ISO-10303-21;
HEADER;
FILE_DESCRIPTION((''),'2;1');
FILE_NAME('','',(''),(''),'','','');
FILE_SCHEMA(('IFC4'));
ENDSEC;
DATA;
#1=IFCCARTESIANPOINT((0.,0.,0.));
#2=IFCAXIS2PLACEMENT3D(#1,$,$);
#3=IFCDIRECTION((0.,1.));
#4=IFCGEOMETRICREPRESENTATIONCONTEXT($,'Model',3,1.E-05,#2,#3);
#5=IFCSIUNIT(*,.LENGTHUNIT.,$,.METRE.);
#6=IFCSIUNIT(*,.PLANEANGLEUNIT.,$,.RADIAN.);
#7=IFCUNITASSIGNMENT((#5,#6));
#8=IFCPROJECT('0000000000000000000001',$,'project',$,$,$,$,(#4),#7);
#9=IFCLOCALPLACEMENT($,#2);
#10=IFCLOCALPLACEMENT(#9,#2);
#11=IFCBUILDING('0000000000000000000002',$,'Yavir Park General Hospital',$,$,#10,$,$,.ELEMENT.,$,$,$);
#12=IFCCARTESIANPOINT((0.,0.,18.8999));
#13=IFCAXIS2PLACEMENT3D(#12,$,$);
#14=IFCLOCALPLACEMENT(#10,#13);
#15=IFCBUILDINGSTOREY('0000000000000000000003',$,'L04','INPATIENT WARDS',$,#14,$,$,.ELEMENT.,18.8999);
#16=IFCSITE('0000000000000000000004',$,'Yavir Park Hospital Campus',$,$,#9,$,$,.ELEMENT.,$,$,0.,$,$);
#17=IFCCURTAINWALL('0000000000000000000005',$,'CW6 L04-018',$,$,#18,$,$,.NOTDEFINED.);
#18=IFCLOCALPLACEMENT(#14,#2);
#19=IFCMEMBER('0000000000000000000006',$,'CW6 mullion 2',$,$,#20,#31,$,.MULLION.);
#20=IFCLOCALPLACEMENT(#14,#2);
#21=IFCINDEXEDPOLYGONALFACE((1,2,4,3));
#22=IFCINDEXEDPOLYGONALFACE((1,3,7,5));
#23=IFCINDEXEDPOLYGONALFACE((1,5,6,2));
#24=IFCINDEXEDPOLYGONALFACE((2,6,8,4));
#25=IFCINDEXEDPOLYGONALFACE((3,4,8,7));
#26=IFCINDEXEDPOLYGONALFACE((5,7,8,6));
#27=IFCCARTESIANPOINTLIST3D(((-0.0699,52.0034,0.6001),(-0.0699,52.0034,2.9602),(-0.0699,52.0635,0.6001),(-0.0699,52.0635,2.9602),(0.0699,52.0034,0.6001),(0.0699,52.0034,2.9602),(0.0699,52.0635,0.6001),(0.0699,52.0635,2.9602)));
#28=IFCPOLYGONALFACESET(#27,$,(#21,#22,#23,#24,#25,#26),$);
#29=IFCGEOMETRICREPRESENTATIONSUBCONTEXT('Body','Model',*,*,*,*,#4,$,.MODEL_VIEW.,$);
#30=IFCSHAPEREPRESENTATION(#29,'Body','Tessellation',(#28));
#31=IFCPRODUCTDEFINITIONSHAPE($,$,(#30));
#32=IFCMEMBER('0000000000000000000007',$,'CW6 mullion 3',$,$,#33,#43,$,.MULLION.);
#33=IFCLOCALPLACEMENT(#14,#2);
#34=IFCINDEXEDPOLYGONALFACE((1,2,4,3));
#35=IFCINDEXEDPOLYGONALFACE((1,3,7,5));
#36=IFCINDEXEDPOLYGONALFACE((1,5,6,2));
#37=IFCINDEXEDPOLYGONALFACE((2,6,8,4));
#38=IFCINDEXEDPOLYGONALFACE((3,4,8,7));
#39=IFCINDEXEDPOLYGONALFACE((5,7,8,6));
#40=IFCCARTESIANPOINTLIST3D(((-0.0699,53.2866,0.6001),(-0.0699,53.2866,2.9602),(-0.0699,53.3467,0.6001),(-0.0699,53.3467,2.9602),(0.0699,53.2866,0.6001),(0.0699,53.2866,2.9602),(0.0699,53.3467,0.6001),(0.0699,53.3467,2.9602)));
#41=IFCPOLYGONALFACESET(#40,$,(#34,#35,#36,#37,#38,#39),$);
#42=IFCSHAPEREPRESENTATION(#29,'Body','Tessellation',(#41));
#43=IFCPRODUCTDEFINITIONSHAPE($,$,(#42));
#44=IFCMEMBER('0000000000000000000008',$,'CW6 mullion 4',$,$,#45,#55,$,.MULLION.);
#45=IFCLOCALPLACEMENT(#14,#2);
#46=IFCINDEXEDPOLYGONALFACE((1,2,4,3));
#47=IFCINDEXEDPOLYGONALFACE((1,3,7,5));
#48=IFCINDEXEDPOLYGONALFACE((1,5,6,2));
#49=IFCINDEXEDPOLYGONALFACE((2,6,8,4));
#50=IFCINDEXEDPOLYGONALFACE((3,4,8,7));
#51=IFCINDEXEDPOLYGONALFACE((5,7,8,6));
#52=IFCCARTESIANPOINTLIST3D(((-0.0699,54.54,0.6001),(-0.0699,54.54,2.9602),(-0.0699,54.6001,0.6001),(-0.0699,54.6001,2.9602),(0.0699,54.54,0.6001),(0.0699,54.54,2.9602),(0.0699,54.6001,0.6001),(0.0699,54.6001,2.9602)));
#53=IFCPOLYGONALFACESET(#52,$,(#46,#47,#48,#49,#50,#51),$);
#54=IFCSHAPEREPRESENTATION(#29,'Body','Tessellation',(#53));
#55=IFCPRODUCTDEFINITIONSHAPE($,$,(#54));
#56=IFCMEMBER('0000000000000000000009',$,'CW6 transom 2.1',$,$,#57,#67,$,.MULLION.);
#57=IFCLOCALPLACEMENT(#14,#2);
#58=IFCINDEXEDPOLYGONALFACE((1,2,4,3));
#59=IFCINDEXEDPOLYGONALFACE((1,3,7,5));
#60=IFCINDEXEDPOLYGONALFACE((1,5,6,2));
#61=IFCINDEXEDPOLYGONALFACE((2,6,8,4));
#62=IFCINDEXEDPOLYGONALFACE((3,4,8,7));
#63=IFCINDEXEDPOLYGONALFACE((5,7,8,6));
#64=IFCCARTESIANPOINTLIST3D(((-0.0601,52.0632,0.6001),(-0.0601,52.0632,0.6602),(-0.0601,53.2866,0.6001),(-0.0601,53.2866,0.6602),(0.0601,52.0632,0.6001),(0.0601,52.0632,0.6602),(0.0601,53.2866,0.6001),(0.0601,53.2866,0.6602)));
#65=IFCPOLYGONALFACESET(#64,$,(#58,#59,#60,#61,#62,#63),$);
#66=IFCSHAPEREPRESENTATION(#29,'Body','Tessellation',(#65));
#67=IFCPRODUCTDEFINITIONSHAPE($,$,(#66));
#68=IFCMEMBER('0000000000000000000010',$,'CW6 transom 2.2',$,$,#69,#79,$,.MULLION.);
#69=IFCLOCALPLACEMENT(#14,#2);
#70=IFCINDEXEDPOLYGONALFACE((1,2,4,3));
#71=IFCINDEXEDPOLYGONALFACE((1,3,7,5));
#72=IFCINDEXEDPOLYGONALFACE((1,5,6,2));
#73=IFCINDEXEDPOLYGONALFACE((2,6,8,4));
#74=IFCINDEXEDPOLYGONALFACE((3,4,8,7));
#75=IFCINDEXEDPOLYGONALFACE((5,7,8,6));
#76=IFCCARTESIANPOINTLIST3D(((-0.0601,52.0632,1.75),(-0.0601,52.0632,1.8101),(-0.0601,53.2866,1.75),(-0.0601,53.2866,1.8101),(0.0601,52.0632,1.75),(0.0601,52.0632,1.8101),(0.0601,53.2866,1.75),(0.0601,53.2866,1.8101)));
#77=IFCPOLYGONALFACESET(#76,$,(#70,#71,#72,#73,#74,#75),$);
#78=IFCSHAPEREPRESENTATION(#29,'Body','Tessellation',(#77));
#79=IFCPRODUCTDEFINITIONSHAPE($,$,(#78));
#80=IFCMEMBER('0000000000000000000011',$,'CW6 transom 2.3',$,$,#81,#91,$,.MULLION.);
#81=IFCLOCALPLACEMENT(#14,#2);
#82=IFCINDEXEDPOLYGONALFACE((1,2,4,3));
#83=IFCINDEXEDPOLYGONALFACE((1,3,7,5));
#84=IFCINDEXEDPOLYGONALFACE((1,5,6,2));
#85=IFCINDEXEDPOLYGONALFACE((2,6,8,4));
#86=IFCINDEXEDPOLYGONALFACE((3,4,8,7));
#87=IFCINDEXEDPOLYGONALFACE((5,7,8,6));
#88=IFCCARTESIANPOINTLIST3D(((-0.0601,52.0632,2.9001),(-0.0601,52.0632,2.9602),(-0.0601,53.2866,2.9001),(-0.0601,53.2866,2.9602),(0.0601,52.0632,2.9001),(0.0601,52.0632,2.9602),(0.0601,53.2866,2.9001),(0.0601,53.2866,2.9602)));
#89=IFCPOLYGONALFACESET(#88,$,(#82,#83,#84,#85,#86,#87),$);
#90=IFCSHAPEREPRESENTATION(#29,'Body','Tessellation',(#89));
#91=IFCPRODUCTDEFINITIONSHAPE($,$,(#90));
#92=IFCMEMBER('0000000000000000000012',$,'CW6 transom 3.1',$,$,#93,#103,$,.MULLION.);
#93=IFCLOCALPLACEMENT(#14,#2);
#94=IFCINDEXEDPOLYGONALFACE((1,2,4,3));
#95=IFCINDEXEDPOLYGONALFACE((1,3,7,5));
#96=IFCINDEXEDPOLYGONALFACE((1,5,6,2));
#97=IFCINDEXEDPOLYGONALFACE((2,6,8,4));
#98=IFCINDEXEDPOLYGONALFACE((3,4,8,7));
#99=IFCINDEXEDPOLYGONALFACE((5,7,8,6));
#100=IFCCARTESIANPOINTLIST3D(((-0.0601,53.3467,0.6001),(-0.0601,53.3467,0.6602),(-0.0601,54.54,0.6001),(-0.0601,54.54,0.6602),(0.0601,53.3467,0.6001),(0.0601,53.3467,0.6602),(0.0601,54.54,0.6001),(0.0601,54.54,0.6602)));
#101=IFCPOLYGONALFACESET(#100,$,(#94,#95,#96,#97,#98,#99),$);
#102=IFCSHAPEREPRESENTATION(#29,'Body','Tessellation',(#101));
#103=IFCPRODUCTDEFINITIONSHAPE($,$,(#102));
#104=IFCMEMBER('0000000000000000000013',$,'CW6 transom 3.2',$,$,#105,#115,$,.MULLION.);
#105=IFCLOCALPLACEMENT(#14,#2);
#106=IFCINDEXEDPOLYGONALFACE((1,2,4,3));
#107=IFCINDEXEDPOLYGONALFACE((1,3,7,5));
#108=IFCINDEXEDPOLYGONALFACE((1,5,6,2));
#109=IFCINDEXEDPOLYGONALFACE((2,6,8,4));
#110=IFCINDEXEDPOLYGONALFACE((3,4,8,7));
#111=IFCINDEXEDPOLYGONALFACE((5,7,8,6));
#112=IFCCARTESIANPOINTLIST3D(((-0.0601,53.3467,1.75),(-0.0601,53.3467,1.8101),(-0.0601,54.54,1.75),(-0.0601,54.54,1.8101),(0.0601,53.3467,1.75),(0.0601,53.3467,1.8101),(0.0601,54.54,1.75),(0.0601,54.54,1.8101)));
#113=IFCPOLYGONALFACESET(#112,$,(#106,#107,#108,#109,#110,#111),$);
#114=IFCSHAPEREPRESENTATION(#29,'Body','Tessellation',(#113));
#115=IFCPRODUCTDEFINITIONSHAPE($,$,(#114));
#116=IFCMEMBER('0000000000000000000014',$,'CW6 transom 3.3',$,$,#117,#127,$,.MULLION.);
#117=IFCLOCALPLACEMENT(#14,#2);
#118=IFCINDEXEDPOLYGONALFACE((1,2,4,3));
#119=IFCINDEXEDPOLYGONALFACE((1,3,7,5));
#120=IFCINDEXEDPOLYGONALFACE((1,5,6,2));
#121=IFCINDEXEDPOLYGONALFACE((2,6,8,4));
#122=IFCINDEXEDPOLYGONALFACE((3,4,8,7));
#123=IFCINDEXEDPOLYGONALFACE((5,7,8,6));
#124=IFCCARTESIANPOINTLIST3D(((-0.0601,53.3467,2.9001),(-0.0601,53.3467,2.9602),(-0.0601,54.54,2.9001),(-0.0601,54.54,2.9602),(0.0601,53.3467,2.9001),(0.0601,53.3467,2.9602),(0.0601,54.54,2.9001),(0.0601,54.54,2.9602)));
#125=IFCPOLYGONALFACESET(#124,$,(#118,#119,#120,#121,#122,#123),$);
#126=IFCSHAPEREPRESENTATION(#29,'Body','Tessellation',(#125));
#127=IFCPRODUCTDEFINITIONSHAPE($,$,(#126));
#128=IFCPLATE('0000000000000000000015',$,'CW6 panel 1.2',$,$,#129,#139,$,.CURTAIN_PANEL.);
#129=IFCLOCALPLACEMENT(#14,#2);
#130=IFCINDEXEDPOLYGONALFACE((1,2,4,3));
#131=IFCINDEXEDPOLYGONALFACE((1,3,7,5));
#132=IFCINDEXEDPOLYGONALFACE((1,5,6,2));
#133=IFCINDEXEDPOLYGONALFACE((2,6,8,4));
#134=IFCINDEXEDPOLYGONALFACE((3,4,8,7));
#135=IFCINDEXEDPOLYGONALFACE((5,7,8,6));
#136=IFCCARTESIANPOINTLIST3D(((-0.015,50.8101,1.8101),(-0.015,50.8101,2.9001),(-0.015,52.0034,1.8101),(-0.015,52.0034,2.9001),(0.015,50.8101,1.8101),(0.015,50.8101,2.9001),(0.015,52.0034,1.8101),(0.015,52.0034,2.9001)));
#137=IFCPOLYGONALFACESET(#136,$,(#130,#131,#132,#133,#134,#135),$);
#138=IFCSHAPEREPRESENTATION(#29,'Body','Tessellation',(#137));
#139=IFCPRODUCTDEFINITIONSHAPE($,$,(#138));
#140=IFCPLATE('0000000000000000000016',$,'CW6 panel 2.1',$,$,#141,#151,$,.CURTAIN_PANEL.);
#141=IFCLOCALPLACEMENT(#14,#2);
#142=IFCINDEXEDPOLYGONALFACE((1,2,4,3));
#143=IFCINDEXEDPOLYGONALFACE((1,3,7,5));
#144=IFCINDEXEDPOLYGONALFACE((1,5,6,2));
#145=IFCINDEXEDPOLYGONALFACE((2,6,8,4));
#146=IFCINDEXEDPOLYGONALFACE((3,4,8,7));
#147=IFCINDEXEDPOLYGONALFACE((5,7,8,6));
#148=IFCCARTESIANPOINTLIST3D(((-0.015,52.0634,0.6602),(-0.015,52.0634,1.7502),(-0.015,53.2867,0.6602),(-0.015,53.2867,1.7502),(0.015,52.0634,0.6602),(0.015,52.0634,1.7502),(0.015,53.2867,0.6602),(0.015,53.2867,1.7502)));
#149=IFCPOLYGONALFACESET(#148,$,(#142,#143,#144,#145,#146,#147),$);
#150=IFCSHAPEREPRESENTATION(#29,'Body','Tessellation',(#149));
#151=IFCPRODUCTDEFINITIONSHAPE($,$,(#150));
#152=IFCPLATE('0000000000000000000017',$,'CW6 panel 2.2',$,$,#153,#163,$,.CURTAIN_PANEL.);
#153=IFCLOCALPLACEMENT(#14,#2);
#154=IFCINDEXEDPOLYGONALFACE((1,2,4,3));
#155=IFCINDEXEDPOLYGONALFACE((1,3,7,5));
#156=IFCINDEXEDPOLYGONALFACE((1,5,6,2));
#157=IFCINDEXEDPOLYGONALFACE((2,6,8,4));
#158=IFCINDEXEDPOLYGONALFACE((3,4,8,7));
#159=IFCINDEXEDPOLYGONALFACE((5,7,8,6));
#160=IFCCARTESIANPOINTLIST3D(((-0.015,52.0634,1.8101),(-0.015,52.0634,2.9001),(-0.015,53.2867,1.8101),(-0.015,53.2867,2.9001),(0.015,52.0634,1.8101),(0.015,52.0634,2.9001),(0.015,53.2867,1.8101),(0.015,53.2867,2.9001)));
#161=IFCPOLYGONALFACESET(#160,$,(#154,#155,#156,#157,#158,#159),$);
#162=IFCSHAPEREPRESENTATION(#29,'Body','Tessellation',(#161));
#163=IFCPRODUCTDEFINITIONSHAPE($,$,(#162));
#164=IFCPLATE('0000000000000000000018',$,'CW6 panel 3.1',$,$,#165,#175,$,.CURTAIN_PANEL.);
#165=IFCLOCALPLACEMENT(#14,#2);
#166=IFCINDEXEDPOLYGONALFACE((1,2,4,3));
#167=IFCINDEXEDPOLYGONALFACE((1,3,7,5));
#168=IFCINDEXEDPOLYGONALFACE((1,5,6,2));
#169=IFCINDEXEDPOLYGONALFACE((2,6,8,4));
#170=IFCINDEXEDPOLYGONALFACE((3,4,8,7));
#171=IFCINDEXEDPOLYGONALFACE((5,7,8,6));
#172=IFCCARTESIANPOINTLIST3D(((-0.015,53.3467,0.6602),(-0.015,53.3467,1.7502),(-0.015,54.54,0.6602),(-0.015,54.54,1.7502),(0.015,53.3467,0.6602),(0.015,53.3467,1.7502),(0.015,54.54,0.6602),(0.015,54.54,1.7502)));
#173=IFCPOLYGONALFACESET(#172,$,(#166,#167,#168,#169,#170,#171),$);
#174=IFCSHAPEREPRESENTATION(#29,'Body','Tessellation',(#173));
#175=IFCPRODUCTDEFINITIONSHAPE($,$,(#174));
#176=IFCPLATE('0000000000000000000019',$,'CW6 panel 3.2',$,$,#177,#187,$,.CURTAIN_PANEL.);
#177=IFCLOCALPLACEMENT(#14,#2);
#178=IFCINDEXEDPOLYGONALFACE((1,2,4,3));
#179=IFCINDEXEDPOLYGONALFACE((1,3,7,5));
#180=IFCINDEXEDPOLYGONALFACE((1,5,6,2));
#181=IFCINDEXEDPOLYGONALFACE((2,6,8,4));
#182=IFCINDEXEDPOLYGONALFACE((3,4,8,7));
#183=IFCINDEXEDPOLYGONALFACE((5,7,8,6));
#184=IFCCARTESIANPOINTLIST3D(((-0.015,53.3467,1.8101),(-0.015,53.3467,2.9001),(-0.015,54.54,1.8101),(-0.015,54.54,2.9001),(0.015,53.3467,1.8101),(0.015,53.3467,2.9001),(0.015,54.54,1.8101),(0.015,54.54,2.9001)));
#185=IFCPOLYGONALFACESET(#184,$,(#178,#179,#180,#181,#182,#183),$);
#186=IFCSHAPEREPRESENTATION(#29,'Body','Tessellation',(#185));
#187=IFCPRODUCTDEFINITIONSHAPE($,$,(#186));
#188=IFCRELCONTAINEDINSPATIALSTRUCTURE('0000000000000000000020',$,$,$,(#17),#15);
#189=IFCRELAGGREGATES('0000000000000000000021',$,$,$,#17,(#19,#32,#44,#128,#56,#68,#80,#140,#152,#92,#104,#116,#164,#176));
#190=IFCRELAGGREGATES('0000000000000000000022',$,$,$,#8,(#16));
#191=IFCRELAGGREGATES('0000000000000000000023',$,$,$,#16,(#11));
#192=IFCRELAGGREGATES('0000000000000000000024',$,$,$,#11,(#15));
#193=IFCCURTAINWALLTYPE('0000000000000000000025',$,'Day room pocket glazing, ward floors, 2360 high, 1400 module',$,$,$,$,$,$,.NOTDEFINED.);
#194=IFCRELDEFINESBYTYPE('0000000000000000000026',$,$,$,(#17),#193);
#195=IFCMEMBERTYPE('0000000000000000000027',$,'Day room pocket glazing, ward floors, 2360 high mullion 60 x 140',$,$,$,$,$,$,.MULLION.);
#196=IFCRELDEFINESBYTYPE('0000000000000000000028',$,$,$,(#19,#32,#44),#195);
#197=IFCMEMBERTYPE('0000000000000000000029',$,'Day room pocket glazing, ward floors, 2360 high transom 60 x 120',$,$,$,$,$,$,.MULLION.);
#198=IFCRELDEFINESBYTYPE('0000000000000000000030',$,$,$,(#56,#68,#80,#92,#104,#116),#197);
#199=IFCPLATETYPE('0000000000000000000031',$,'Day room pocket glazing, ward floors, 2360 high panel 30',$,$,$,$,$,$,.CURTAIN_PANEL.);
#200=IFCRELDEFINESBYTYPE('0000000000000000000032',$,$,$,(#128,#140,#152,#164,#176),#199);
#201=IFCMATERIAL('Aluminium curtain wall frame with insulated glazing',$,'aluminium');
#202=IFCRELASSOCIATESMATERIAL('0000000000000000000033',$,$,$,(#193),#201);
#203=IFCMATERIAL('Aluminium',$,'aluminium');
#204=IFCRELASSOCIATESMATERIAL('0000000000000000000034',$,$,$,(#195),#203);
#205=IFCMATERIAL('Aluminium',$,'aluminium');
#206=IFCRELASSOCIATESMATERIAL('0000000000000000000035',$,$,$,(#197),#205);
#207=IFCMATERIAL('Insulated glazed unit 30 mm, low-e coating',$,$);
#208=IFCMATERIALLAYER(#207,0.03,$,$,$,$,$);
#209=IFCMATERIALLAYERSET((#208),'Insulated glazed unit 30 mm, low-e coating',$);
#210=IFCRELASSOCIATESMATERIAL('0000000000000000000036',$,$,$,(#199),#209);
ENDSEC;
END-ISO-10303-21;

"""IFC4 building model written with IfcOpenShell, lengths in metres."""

from ifc_helpers import new_model, si_unit, direction, frame, origin, origin_2d, place, context, subcontext, project, spatial, rectangle, extrude, material, layer, layer_set, material_profile, profile_set, type_object, element, aggregate, save


model = new_model("IFC4")

# Units and contexts
model_context = context("Model", 3, precision=1e-05, world=origin(), true_north=direction((0.0, 1.0)))
body_context = subcontext(model_context, "Body", "Model", "MODEL_VIEW")
ifc_project = project(units=[si_unit("LENGTHUNIT", "METRE"), si_unit("PLANEANGLEUNIT", "RADIAN")], contexts=[model_context])

# Site, building, storey
site_placement = place(None, origin())
site = spatial("IfcSite", under=ifc_project, at=site_placement, Name="Yavir Park Hospital Campus", CompositionType="ELEMENT", RefElevation=0.0)
building_placement = place(site_placement, origin())
building = spatial("IfcBuilding", under=site, at=building_placement, Name="Yavir Park General Hospital", CompositionType="ELEMENT")
storey_placement = place(building_placement, frame((0.0, 0.0, 18.8999)))
storey = spatial("IfcBuildingStorey", under=building, at=storey_placement, Name="L04", Description="INPATIENT WARDS", CompositionType="ELEMENT", Elevation=18.8999)

# Curtain wall, members, plates
ifc_material_1 = material(Name="Aluminium curtain wall frame with insulated glazing", Category="aluminium")
curtain_wall_type = type_object("IfcCurtainWallType", Name="Day room pocket glazing, ward floors, 2360 high, 1400 module", PredefinedType="NOTDEFINED", material=ifc_material_1)
curtain_wall_placement = place(storey_placement, origin())
curtain_wall = element("IfcCurtainWall", 1, at=curtain_wall_placement, inside=storey, type_object=curtain_wall_type, Name="CW6 L04-018", PredefinedType="NOTDEFINED")
ifc_material_2 = material(Name="Aluminium", Category="aluminium")
ifc_material_profile_1 = material_profile(ifc_material_2, rectangle(XDim=0.1399, YDim=0.0601, at=origin_2d()), Name="AL 60x140")
ifc_profile_set_1 = profile_set([ifc_material_profile_1], Name="Aluminium")
member_type_1 = type_object("IfcMemberType", Name="Day room pocket glazing, ward floors, 2360 high mullion 60 x 140", PredefinedType="MULLION", material=ifc_profile_set_1)
member_1_placement = place(storey_placement, frame((0.0, 52.0334, 0.6001), z_axis=(0.0, 0.0, 1.0), x_axis=(-1.0, 0.0, 0.0)))
member_1 = element("IfcMember", 2, at=member_1_placement, type_object=member_type_1, Name="CW6 mullion 2", PredefinedType="MULLION", context=body_context, shape_type="SweptSolid", body=[
    extrude(rectangle(XDim=0.1399, YDim=0.0601, at=origin_2d()), origin(), (0.0, 0.0, 1.0), 2.3601),
])
member_2_placement = place(storey_placement, frame((0.0, 53.3167, 0.6001), z_axis=(0.0, 0.0, 1.0), x_axis=(-1.0, 0.0, 0.0)))
member_2 = element("IfcMember", 3, at=member_2_placement, type_object=member_type_1, Name="CW6 mullion 3", PredefinedType="MULLION", context=body_context, shape_type="SweptSolid", body=[
    extrude(rectangle(XDim=0.1399, YDim=0.0601, at=origin_2d()), origin(), (0.0, 0.0, 1.0), 2.3601),
])
member_3_placement = place(storey_placement, frame((0.0, 54.5701, 0.6001), z_axis=(0.0, 0.0, 1.0), x_axis=(-1.0, 0.0, 0.0)))
member_3 = element("IfcMember", 4, at=member_3_placement, type_object=member_type_1, Name="CW6 mullion 4", PredefinedType="MULLION", context=body_context, shape_type="SweptSolid", body=[
    extrude(rectangle(XDim=0.1399, YDim=0.0601, at=origin_2d()), origin(), (0.0, 0.0, 1.0), 2.3601),
])
ifc_material_3 = material(Name="Aluminium", Category="aluminium")
ifc_material_profile_2 = material_profile(ifc_material_3, rectangle(XDim=0.1201, YDim=0.0601, at=origin_2d()), Name="AL 120x60")
ifc_profile_set_2 = profile_set([ifc_material_profile_2], Name="Aluminium")
member_type_2 = type_object("IfcMemberType", Name="Day room pocket glazing, ward floors, 2360 high transom 60 x 120", PredefinedType="MULLION", material=ifc_profile_set_2)
member_4_placement = place(storey_placement, frame((0.0, 52.0632, 0.6301), z_axis=(0.0, 1.0, 0.0), x_axis=(-1.0, 0.0, 0.0)))
member_4 = element("IfcMember", 5, at=member_4_placement, type_object=member_type_2, Name="CW6 transom 2.1", PredefinedType="MULLION", context=body_context, shape_type="SweptSolid", body=[
    extrude(rectangle(XDim=0.1201, YDim=0.0601, at=origin_2d()), origin(), (0.0, 0.0, 1.0), 1.2234),
])
member_5_placement = place(storey_placement, frame((0.0, 52.0632, 1.78), z_axis=(0.0, 1.0, 0.0), x_axis=(-1.0, 0.0, 0.0)))
member_5 = element("IfcMember", 6, at=member_5_placement, type_object=member_type_2, Name="CW6 transom 2.2", PredefinedType="MULLION", context=body_context, shape_type="SweptSolid", body=[
    extrude(rectangle(XDim=0.1201, YDim=0.0601, at=origin_2d()), origin(), (0.0, 0.0, 1.0), 1.2234),
])
member_6_placement = place(storey_placement, frame((0.0, 52.0632, 2.9302), z_axis=(0.0, 1.0, 0.0), x_axis=(-1.0, 0.0, 0.0)))
member_6 = element("IfcMember", 7, at=member_6_placement, type_object=member_type_2, Name="CW6 transom 2.3", PredefinedType="MULLION", context=body_context, shape_type="SweptSolid", body=[
    extrude(rectangle(XDim=0.1201, YDim=0.0601, at=origin_2d()), origin(), (0.0, 0.0, 1.0), 1.2234),
])
member_7_placement = place(storey_placement, frame((0.0, 53.3467, 0.6301), z_axis=(0.0, 1.0, 0.0), x_axis=(-1.0, 0.0, 0.0)))
member_7 = element("IfcMember", 8, at=member_7_placement, type_object=member_type_2, Name="CW6 transom 3.1", PredefinedType="MULLION", context=body_context, shape_type="SweptSolid", body=[
    extrude(rectangle(XDim=0.1201, YDim=0.0601, at=origin_2d()), origin(), (0.0, 0.0, 1.0), 1.1934),
])
member_8_placement = place(storey_placement, frame((0.0, 53.3467, 1.78), z_axis=(0.0, 1.0, 0.0), x_axis=(-1.0, 0.0, 0.0)))
member_8 = element("IfcMember", 9, at=member_8_placement, type_object=member_type_2, Name="CW6 transom 3.2", PredefinedType="MULLION", context=body_context, shape_type="SweptSolid", body=[
    extrude(rectangle(XDim=0.1201, YDim=0.0601, at=origin_2d()), origin(), (0.0, 0.0, 1.0), 1.1934),
])
member_9_placement = place(storey_placement, frame((0.0, 53.3467, 2.9302), z_axis=(0.0, 1.0, 0.0), x_axis=(-1.0, 0.0, 0.0)))
member_9 = element("IfcMember", 10, at=member_9_placement, type_object=member_type_2, Name="CW6 transom 3.3", PredefinedType="MULLION", context=body_context, shape_type="SweptSolid", body=[
    extrude(rectangle(XDim=0.1201, YDim=0.0601, at=origin_2d()), origin(), (0.0, 0.0, 1.0), 1.1934),
])
ifc_material_4 = material(Name="Insulated glazed unit 30 mm, low-e coating")
ifc_layer_1 = layer(ifc_material_4, 0.03)
ifc_layer_set_1 = layer_set([ifc_layer_1], Name="Insulated glazed unit 30 mm, low-e coating")
plate_type = type_object("IfcPlateType", Name="Day room pocket glazing, ward floors, 2360 high panel 30", PredefinedType="CURTAIN_PANEL", material=ifc_layer_set_1)
plate_1_placement = place(storey_placement, frame((0.0, 51.4067, 1.8101), z_axis=(0.0, 0.0, 1.0), x_axis=(0.0, 1.0, 0.0)))
plate_1 = element("IfcPlate", 11, at=plate_1_placement, type_object=plate_type, Name="CW6 panel 1.2", PredefinedType="CURTAIN_PANEL", context=body_context, shape_type="SweptSolid", body=[
    extrude(rectangle(XDim=1.1934, YDim=0.03, at=origin_2d()), origin(), (0.0, 0.0, 1.0), 1.0901),
])
plate_2_placement = place(storey_placement, frame((0.0, 52.675, 0.6602), z_axis=(0.0, 0.0, 1.0), x_axis=(0.0, 1.0, 0.0)))
plate_2 = element("IfcPlate", 12, at=plate_2_placement, type_object=plate_type, Name="CW6 panel 2.1", PredefinedType="CURTAIN_PANEL", context=body_context, shape_type="SweptSolid", body=[
    extrude(rectangle(XDim=1.2234, YDim=0.03, at=origin_2d()), origin(), (0.0, 0.0, 1.0), 1.0901),
])
plate_3_placement = place(storey_placement, frame((0.0, 52.675, 1.8101), z_axis=(0.0, 0.0, 1.0), x_axis=(0.0, 1.0, 0.0)))
plate_3 = element("IfcPlate", 13, at=plate_3_placement, type_object=plate_type, Name="CW6 panel 2.2", PredefinedType="CURTAIN_PANEL", context=body_context, shape_type="SweptSolid", body=[
    extrude(rectangle(XDim=1.2234, YDim=0.03, at=origin_2d()), origin(), (0.0, 0.0, 1.0), 1.0901),
])
plate_4_placement = place(storey_placement, frame((0.0, 53.9434, 0.6602), z_axis=(0.0, 0.0, 1.0), x_axis=(0.0, 1.0, 0.0)))
plate_4 = element("IfcPlate", 14, at=plate_4_placement, type_object=plate_type, Name="CW6 panel 3.1", PredefinedType="CURTAIN_PANEL", context=body_context, shape_type="SweptSolid", body=[
    extrude(rectangle(XDim=1.1934, YDim=0.03, at=origin_2d()), origin(), (0.0, 0.0, 1.0), 1.0901),
])
plate_5_placement = place(storey_placement, frame((0.0, 53.9434, 1.8101), z_axis=(0.0, 0.0, 1.0), x_axis=(0.0, 1.0, 0.0)))
plate_5 = element("IfcPlate", 15, at=plate_5_placement, type_object=plate_type, Name="CW6 panel 3.2", PredefinedType="CURTAIN_PANEL", context=body_context, shape_type="SweptSolid", body=[
    extrude(rectangle(XDim=1.1934, YDim=0.03, at=origin_2d()), origin(), (0.0, 0.0, 1.0), 1.0901),
])
aggregate(curtain_wall, [member_1, member_2, member_3, plate_1, member_4, member_5, member_6, plate_2, plate_3, member_7, member_8, member_9, plate_4, plate_5])

save(model, "model.ifc")
